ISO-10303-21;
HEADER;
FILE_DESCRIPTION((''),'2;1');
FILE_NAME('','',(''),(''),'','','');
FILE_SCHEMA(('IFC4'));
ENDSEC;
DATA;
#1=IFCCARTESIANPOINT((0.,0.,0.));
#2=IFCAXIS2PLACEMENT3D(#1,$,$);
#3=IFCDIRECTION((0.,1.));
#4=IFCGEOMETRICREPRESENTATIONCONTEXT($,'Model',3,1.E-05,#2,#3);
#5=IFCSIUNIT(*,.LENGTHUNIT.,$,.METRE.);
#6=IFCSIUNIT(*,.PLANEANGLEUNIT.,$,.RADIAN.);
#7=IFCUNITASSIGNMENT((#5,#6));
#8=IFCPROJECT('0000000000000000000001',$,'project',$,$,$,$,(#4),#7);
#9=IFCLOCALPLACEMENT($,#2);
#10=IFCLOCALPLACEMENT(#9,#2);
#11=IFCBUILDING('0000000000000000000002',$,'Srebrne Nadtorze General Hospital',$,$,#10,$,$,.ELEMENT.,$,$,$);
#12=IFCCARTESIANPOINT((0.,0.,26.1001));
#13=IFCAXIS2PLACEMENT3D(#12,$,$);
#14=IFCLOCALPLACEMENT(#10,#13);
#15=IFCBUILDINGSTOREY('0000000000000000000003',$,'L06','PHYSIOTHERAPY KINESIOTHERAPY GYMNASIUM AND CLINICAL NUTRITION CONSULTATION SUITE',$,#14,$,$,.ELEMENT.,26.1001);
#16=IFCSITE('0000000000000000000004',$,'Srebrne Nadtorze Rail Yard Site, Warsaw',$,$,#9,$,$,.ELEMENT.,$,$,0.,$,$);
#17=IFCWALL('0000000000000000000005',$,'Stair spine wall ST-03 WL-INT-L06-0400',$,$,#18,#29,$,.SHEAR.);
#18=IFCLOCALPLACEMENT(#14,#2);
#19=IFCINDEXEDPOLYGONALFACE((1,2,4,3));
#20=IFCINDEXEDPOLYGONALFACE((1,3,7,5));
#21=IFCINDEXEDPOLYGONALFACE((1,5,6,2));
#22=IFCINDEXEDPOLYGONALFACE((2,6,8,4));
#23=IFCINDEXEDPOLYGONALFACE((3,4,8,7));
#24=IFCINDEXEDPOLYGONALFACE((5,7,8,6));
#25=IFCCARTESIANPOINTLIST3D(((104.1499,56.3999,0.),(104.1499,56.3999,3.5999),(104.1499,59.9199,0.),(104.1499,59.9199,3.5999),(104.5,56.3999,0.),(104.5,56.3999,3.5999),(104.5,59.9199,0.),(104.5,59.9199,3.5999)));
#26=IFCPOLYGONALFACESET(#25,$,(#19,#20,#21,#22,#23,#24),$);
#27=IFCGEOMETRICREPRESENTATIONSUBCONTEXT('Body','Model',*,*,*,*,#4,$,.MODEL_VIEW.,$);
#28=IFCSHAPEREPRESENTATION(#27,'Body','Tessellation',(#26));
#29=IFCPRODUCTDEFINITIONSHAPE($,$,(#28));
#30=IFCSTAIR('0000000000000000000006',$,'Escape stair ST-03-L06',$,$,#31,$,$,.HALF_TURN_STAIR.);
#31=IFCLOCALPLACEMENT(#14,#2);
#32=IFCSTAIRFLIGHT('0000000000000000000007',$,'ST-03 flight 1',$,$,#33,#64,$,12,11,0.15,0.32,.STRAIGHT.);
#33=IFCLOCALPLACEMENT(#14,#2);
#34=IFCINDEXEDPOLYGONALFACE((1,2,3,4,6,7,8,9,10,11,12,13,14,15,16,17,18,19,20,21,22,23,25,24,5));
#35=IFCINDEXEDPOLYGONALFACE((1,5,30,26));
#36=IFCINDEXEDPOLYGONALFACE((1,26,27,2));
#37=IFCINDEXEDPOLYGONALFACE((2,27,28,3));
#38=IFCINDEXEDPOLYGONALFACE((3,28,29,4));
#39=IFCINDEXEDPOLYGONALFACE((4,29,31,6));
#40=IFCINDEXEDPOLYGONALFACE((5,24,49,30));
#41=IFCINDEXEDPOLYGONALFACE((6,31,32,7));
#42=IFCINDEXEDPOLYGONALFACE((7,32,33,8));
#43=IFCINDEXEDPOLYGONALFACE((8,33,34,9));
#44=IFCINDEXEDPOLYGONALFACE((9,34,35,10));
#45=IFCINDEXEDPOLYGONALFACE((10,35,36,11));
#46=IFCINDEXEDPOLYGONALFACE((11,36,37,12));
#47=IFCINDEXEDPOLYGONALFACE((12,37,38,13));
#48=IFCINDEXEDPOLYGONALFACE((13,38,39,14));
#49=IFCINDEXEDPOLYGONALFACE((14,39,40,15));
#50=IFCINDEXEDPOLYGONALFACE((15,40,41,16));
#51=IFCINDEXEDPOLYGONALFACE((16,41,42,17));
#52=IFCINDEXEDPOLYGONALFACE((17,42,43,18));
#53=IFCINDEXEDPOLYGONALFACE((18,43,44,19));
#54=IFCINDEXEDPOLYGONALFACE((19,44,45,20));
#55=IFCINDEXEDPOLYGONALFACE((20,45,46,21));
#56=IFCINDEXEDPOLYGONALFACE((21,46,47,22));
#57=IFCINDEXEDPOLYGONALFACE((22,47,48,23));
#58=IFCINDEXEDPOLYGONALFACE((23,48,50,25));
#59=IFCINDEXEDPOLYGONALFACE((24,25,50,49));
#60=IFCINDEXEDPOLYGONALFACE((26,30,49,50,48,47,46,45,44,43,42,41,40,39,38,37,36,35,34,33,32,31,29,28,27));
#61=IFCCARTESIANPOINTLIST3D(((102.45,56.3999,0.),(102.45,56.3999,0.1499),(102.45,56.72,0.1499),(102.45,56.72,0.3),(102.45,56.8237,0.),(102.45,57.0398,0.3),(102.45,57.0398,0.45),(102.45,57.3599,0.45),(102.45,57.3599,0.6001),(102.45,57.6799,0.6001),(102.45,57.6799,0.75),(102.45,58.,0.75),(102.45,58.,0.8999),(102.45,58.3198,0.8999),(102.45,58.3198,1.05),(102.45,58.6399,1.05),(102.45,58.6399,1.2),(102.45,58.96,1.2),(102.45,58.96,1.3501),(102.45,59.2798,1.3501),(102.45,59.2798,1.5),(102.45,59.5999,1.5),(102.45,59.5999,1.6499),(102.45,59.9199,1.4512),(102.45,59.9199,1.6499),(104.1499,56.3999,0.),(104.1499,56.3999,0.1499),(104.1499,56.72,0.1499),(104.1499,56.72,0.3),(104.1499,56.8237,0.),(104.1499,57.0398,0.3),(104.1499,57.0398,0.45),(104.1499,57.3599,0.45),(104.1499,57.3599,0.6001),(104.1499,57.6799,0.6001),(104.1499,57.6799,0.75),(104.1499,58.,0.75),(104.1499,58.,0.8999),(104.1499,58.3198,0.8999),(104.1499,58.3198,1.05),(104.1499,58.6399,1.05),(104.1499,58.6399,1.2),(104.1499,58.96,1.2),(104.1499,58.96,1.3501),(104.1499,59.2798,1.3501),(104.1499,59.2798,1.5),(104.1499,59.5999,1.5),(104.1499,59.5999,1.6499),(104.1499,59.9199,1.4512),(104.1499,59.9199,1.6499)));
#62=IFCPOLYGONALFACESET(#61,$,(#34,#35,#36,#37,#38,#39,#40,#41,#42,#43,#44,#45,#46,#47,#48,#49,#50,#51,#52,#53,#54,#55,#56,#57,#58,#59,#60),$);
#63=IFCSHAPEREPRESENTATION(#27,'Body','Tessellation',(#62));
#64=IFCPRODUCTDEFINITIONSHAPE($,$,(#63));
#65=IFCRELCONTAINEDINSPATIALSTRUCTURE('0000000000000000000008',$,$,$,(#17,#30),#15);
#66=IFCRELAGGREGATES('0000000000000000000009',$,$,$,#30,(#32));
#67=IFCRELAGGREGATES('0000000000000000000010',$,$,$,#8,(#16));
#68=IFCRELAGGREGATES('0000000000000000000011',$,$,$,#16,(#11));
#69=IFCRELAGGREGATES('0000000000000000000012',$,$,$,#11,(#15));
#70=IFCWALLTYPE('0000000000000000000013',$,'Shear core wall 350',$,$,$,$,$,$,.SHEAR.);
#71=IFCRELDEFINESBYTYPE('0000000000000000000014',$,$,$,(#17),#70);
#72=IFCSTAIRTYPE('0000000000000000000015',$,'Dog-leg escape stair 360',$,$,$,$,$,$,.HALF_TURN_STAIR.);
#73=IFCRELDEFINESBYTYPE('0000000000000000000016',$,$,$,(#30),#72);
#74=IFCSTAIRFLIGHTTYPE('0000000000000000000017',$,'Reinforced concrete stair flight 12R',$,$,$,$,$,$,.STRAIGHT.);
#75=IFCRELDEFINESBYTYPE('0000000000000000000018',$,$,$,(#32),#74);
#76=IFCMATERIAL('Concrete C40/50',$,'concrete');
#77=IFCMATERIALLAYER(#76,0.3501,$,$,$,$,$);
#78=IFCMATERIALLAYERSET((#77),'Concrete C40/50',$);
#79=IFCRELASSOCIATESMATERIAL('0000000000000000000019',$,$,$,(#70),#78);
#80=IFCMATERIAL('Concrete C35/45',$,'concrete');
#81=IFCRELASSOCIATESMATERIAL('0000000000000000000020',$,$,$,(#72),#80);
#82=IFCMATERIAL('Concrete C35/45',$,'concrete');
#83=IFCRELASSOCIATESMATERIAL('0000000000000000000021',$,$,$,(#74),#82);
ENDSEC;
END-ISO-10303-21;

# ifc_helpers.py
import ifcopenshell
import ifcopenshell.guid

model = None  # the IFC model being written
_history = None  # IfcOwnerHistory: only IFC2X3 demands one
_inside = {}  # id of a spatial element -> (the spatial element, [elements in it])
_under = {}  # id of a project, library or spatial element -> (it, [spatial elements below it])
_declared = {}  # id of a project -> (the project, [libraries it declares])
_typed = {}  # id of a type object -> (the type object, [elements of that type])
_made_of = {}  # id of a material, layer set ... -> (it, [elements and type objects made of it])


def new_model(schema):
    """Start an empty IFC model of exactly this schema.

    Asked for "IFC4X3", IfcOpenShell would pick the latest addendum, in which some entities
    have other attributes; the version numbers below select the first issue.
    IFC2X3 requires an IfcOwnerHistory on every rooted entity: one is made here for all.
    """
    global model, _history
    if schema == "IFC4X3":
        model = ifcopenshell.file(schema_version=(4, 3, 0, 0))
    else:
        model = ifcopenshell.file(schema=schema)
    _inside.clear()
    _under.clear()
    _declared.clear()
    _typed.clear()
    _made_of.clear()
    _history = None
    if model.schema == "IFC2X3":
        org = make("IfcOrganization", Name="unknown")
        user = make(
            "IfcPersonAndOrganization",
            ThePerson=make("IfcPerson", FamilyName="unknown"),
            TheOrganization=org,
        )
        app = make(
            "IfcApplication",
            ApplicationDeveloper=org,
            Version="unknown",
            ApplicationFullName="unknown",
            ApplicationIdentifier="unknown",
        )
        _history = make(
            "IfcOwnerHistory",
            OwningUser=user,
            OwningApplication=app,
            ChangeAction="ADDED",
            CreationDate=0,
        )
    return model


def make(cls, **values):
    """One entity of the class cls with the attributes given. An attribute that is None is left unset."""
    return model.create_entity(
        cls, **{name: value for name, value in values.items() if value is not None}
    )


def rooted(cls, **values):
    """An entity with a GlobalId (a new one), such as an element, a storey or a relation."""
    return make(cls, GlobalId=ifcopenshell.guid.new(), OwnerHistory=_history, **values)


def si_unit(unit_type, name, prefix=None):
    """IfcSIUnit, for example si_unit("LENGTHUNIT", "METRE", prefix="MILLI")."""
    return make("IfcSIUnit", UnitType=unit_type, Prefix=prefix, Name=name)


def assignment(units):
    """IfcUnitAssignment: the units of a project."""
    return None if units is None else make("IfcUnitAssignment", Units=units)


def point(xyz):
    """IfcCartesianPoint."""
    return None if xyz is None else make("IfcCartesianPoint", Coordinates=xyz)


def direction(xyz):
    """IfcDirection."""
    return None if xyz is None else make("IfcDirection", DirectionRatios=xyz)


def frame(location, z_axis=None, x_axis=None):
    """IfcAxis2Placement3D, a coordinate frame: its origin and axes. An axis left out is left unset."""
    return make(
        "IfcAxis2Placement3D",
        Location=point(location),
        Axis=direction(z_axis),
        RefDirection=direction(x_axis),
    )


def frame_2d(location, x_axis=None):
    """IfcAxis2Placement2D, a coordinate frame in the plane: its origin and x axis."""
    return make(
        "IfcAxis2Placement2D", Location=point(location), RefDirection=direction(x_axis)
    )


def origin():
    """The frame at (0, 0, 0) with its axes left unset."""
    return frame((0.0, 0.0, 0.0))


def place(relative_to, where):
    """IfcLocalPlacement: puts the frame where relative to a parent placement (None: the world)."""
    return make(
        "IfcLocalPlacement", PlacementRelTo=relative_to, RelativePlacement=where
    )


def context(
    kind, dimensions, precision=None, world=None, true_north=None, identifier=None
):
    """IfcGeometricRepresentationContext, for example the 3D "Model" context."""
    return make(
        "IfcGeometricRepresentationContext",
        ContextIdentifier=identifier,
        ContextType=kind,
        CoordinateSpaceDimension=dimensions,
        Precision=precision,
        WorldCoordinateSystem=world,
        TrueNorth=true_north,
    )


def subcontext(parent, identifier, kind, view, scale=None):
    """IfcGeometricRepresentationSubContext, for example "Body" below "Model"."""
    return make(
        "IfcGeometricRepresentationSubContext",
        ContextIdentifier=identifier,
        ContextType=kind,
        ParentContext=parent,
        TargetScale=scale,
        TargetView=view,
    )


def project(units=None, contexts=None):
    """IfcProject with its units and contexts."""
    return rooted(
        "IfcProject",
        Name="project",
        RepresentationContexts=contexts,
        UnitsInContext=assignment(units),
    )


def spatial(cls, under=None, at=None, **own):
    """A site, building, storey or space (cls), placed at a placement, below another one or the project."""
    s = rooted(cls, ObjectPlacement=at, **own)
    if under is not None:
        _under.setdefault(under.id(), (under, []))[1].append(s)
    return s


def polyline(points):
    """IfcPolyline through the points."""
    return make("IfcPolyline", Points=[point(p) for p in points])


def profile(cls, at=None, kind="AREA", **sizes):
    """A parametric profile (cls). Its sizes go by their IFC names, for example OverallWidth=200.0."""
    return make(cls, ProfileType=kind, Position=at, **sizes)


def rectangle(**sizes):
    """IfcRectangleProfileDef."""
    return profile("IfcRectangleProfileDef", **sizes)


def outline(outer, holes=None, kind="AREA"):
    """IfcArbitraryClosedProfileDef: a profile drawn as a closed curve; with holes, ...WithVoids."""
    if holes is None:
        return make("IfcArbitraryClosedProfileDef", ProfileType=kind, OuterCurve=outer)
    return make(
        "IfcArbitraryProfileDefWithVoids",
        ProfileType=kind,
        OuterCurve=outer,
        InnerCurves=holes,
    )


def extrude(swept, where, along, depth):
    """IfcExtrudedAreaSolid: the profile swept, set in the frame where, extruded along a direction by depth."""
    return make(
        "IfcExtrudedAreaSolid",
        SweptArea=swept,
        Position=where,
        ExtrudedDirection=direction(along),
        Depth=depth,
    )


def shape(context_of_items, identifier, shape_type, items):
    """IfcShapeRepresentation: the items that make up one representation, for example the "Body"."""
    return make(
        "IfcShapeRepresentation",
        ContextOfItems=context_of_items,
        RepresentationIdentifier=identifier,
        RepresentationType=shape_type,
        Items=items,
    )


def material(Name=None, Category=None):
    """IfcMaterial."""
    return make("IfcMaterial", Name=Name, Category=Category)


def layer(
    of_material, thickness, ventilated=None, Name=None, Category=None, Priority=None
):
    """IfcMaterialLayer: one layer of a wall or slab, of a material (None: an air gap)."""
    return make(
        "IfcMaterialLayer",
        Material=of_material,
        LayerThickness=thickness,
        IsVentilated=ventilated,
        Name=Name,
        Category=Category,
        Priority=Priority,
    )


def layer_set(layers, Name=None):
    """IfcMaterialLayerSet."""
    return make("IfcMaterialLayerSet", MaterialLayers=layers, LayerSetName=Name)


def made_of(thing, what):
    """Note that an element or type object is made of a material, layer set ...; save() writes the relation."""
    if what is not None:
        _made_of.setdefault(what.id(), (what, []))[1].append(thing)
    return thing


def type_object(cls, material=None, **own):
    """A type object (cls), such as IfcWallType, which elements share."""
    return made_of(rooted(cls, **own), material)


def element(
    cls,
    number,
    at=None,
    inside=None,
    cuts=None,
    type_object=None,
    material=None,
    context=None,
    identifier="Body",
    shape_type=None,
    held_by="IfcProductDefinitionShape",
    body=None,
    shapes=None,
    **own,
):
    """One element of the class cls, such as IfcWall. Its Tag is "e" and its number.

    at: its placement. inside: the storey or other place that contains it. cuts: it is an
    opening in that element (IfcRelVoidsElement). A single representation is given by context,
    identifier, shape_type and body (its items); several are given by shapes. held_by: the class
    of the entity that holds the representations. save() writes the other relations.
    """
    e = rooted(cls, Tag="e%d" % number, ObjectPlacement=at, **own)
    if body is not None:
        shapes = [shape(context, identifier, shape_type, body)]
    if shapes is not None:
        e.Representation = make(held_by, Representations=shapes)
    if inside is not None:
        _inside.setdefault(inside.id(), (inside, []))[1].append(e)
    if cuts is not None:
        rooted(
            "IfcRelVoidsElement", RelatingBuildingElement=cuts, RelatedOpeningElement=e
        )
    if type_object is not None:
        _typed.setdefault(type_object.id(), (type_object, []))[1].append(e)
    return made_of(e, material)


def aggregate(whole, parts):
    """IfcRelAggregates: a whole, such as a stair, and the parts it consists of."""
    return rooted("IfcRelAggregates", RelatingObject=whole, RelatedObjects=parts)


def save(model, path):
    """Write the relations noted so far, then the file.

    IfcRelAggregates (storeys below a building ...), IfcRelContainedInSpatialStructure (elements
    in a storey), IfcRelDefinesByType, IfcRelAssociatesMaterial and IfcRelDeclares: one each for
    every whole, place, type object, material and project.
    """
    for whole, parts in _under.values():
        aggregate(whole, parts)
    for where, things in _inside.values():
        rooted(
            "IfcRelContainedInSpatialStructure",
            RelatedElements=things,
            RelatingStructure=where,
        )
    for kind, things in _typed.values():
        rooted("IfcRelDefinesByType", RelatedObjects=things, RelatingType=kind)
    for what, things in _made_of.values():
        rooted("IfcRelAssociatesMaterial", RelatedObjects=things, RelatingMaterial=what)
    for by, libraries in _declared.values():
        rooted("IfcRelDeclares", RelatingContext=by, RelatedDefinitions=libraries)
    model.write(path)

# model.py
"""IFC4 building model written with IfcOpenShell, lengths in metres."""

from ifc_helpers import new_model, si_unit, direction, frame, frame_2d, origin, place, context, subcontext, project, spatial, polyline, rectangle, outline, extrude, material, layer, layer_set, type_object, element, aggregate, save


model = new_model("IFC4")

# Units and contexts
model_context = context("Model", 3, precision=1e-05, world=origin(), true_north=direction((0.0, 1.0)))
body_context = subcontext(model_context, "Body", "Model", "MODEL_VIEW")
ifc_project = project(units=[si_unit("LENGTHUNIT", "METRE"), si_unit("PLANEANGLEUNIT", "RADIAN")], contexts=[model_context])

# Site, building, storey
site_placement = place(None, origin())
site = spatial("IfcSite", under=ifc_project, at=site_placement, Name="Srebrne Nadtorze Rail Yard Site, Warsaw", CompositionType="ELEMENT", RefElevation=0.0)
building_placement = place(site_placement, origin())
building = spatial("IfcBuilding", under=site, at=building_placement, Name="Srebrne Nadtorze General Hospital", CompositionType="ELEMENT")
storey_placement = place(building_placement, frame((0.0, 0.0, 26.1001)))
storey = spatial("IfcBuildingStorey", under=building, at=storey_placement, Name="L06", Description="PHYSIOTHERAPY KINESIOTHERAPY GYMNASIUM AND CLINICAL NUTRITION CONSULTATION SUITE", CompositionType="ELEMENT", Elevation=26.1001)

# Shared definitions
ifc_material_1 = material(Name="Concrete C40/50", Category="concrete")
ifc_layer_1 = layer(ifc_material_1, 0.3501)
ifc_layer_set_1 = layer_set([ifc_layer_1], Name="Concrete C40/50")
wall_type_1 = type_object("IfcWallType", Name="Shear core wall 350", PredefinedType="SHEAR", material=ifc_layer_set_1)

# Wall
wall_1_placement = place(storey_placement, frame((104.325, 56.3999, 0.0), z_axis=(0.0, 0.0, 1.0), x_axis=(0.0, 1.0, 0.0)))
element("IfcWall", 1, at=wall_1_placement, inside=storey, type_object=wall_type_1, Name="Stair spine wall ST-03 WL-INT-L06-0400", PredefinedType="SHEAR", context=body_context, shape_type="SweptSolid", body=[
    extrude(rectangle(XDim=3.52, YDim=0.3501, at=frame_2d((1.76, 0.0))), origin(), (0.0, 0.0, 1.0), 3.5999),
])

# Stair, stair flight
ifc_material_2 = material(Name="Concrete C35/45", Category="concrete")
stair_type = type_object("IfcStairType", Name="Dog-leg escape stair 360", PredefinedType="HALF_TURN_STAIR", material=ifc_material_2)
stair_placement = place(storey_placement, origin())
stair = element("IfcStair", 2, at=stair_placement, inside=storey, type_object=stair_type, Name="Escape stair ST-03-L06", PredefinedType="HALF_TURN_STAIR")
ifc_material_3 = material(Name="Concrete C35/45", Category="concrete")
stair_flight_type = type_object("IfcStairFlightType", Name="Reinforced concrete stair flight 12R", PredefinedType="STRAIGHT", material=ifc_material_3)
stair_flight_placement = place(storey_placement, frame((103.3, 56.3999, 0.0), z_axis=(0.0, 0.0, 1.0), x_axis=(0.0, 1.0, 0.0)))
stair_flight = element("IfcStairFlight", 3, at=stair_flight_placement, type_object=stair_flight_type, Name="ST-03 flight 1", NumberOfRisers=12, NumberOfTreads=11, PredefinedType="STRAIGHT", RiserHeight=0.15, TreadLength=0.32, context=body_context, shape_type="SweptSolid", body=[
    extrude(outline(polyline([(0.0, 0.0), (0.0, 0.1499), (0.3201, 0.1499), (0.3201, 0.3), (0.6399, 0.3), (0.6399, 0.45), (0.96, 0.45), (0.96, 0.6001), (1.28, 0.6001), (1.28, 0.75), (1.6001, 0.75), (1.6001, 0.8999), (1.9199, 0.8999), (1.9199, 1.05), (2.24, 1.05), (2.24, 1.2), (2.5601, 1.2), (2.5601, 1.3501), (2.8799, 1.3501), (2.8799, 1.5), (3.2, 1.5), (3.2, 1.6499), (3.52, 1.6499), (3.52, 1.8), (3.52, 1.4512), (0.4238, 0.0), (0.0, 0.0)])), frame((0.0, 0.8501, 0.0), z_axis=(0.0, -1.0, 0.0), x_axis=(1.0, 0.0, 0.0)), (0.0, 0.0, 1.0), 1.7),
])
aggregate(stair, [stair_flight])

save(model, "model.ifc")
